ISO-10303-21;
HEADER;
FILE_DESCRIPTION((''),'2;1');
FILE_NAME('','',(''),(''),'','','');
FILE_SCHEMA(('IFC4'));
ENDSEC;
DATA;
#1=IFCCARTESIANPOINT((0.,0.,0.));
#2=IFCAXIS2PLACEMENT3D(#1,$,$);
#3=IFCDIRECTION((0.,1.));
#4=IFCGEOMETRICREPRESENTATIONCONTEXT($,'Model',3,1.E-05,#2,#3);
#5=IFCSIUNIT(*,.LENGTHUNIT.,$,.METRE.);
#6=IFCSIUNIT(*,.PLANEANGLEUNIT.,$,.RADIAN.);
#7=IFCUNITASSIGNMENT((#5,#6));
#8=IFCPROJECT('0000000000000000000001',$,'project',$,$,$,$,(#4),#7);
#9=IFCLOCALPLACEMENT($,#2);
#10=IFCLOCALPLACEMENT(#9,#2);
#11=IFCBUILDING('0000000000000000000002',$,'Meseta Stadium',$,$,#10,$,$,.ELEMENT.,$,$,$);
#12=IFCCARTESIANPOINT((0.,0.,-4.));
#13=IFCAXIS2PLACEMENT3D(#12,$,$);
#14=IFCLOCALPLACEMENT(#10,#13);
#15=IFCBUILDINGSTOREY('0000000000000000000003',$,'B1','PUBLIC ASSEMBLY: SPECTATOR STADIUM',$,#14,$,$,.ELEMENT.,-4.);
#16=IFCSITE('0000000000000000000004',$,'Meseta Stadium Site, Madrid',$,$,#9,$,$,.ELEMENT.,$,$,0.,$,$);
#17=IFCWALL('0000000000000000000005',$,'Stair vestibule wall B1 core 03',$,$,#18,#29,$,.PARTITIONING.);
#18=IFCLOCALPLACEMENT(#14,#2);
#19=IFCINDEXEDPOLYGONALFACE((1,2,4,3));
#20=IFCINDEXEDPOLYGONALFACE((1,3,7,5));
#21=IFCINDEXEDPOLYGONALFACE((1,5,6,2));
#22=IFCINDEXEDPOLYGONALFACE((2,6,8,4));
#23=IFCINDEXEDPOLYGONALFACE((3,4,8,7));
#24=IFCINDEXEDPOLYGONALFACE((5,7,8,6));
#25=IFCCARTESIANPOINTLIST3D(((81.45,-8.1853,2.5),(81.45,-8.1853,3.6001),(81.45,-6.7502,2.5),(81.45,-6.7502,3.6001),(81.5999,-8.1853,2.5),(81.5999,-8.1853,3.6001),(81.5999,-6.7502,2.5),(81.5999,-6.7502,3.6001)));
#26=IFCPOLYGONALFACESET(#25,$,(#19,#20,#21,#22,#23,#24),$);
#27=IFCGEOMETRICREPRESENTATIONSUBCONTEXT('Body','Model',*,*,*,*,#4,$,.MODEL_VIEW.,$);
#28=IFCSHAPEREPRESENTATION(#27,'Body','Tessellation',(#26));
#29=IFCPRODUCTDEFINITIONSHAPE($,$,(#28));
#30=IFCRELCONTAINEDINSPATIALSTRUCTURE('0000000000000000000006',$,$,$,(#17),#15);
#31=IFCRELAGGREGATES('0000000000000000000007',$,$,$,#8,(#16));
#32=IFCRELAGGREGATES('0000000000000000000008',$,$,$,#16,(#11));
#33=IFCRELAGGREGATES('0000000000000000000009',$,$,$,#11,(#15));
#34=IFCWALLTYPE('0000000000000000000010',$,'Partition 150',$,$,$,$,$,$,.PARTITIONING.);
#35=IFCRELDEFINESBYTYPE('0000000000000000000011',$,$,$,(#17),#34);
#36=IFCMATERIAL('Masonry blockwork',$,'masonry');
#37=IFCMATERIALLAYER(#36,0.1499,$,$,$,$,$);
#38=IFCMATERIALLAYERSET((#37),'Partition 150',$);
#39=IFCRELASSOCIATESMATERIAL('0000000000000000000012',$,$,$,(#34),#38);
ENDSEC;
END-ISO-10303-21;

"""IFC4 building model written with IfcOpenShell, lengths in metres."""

from ifc_helpers import new_model, si_unit, direction, frame, frame_2d, origin, place, context, subcontext, project, spatial, rectangle, extrude, material, layer, layer_set, type_object, element, save


model = new_model("IFC4")

# Units and contexts
model_context = context("Model", 3, precision=1e-05, world=origin(), true_north=direction((0.0, 1.0)))
body_context = subcontext(model_context, "Body", "Model", "MODEL_VIEW")
ifc_project = project(units=[si_unit("LENGTHUNIT", "METRE"), si_unit("PLANEANGLEUNIT", "RADIAN")], contexts=[model_context])

# Site, building, storey
site_placement = place(None, origin())
site = spatial("IfcSite", under=ifc_project, at=site_placement, Name="Meseta Stadium Site, Madrid", CompositionType="ELEMENT", RefElevation=0.0)
building_placement = place(site_placement, origin())
building = spatial("IfcBuilding", under=site, at=building_placement, Name="Meseta Stadium", CompositionType="ELEMENT")
storey_placement = place(building_placement, frame((0.0, 0.0, -4.0)))
storey = spatial("IfcBuildingStorey", under=building, at=storey_placement, Name="B1", Description="PUBLIC ASSEMBLY: SPECTATOR STADIUM", CompositionType="ELEMENT", Elevation=-4.0)

# Shared definitions
ifc_material_1 = material(Name="Masonry blockwork", Category="masonry")
ifc_layer = layer(ifc_material_1, 0.1499)
ifc_layer_set = layer_set([ifc_layer], Name="Partition 150")
wall_type = type_object("IfcWallType", Name="Partition 150", PredefinedType="PARTITIONING", material=ifc_layer_set)

# Wall
wall_1_placement = place(storey_placement, frame((81.5249, -6.7502, 2.5), z_axis=(0.0, 0.0, 1.0), x_axis=(0.0, -1.0, 0.0)))
element("IfcWall", 1, at=wall_1_placement, inside=storey, type_object=wall_type, Name="Stair vestibule wall B1 core 03", PredefinedType="PARTITIONING", context=body_context, shape_type="SweptSolid", body=[
    extrude(rectangle(XDim=1.4351, YDim=0.1499, at=frame_2d((0.7175, 0.0))), origin(), (0.0, 0.0, 1.0), 1.1001),
])

save(model, "model.ifc")
